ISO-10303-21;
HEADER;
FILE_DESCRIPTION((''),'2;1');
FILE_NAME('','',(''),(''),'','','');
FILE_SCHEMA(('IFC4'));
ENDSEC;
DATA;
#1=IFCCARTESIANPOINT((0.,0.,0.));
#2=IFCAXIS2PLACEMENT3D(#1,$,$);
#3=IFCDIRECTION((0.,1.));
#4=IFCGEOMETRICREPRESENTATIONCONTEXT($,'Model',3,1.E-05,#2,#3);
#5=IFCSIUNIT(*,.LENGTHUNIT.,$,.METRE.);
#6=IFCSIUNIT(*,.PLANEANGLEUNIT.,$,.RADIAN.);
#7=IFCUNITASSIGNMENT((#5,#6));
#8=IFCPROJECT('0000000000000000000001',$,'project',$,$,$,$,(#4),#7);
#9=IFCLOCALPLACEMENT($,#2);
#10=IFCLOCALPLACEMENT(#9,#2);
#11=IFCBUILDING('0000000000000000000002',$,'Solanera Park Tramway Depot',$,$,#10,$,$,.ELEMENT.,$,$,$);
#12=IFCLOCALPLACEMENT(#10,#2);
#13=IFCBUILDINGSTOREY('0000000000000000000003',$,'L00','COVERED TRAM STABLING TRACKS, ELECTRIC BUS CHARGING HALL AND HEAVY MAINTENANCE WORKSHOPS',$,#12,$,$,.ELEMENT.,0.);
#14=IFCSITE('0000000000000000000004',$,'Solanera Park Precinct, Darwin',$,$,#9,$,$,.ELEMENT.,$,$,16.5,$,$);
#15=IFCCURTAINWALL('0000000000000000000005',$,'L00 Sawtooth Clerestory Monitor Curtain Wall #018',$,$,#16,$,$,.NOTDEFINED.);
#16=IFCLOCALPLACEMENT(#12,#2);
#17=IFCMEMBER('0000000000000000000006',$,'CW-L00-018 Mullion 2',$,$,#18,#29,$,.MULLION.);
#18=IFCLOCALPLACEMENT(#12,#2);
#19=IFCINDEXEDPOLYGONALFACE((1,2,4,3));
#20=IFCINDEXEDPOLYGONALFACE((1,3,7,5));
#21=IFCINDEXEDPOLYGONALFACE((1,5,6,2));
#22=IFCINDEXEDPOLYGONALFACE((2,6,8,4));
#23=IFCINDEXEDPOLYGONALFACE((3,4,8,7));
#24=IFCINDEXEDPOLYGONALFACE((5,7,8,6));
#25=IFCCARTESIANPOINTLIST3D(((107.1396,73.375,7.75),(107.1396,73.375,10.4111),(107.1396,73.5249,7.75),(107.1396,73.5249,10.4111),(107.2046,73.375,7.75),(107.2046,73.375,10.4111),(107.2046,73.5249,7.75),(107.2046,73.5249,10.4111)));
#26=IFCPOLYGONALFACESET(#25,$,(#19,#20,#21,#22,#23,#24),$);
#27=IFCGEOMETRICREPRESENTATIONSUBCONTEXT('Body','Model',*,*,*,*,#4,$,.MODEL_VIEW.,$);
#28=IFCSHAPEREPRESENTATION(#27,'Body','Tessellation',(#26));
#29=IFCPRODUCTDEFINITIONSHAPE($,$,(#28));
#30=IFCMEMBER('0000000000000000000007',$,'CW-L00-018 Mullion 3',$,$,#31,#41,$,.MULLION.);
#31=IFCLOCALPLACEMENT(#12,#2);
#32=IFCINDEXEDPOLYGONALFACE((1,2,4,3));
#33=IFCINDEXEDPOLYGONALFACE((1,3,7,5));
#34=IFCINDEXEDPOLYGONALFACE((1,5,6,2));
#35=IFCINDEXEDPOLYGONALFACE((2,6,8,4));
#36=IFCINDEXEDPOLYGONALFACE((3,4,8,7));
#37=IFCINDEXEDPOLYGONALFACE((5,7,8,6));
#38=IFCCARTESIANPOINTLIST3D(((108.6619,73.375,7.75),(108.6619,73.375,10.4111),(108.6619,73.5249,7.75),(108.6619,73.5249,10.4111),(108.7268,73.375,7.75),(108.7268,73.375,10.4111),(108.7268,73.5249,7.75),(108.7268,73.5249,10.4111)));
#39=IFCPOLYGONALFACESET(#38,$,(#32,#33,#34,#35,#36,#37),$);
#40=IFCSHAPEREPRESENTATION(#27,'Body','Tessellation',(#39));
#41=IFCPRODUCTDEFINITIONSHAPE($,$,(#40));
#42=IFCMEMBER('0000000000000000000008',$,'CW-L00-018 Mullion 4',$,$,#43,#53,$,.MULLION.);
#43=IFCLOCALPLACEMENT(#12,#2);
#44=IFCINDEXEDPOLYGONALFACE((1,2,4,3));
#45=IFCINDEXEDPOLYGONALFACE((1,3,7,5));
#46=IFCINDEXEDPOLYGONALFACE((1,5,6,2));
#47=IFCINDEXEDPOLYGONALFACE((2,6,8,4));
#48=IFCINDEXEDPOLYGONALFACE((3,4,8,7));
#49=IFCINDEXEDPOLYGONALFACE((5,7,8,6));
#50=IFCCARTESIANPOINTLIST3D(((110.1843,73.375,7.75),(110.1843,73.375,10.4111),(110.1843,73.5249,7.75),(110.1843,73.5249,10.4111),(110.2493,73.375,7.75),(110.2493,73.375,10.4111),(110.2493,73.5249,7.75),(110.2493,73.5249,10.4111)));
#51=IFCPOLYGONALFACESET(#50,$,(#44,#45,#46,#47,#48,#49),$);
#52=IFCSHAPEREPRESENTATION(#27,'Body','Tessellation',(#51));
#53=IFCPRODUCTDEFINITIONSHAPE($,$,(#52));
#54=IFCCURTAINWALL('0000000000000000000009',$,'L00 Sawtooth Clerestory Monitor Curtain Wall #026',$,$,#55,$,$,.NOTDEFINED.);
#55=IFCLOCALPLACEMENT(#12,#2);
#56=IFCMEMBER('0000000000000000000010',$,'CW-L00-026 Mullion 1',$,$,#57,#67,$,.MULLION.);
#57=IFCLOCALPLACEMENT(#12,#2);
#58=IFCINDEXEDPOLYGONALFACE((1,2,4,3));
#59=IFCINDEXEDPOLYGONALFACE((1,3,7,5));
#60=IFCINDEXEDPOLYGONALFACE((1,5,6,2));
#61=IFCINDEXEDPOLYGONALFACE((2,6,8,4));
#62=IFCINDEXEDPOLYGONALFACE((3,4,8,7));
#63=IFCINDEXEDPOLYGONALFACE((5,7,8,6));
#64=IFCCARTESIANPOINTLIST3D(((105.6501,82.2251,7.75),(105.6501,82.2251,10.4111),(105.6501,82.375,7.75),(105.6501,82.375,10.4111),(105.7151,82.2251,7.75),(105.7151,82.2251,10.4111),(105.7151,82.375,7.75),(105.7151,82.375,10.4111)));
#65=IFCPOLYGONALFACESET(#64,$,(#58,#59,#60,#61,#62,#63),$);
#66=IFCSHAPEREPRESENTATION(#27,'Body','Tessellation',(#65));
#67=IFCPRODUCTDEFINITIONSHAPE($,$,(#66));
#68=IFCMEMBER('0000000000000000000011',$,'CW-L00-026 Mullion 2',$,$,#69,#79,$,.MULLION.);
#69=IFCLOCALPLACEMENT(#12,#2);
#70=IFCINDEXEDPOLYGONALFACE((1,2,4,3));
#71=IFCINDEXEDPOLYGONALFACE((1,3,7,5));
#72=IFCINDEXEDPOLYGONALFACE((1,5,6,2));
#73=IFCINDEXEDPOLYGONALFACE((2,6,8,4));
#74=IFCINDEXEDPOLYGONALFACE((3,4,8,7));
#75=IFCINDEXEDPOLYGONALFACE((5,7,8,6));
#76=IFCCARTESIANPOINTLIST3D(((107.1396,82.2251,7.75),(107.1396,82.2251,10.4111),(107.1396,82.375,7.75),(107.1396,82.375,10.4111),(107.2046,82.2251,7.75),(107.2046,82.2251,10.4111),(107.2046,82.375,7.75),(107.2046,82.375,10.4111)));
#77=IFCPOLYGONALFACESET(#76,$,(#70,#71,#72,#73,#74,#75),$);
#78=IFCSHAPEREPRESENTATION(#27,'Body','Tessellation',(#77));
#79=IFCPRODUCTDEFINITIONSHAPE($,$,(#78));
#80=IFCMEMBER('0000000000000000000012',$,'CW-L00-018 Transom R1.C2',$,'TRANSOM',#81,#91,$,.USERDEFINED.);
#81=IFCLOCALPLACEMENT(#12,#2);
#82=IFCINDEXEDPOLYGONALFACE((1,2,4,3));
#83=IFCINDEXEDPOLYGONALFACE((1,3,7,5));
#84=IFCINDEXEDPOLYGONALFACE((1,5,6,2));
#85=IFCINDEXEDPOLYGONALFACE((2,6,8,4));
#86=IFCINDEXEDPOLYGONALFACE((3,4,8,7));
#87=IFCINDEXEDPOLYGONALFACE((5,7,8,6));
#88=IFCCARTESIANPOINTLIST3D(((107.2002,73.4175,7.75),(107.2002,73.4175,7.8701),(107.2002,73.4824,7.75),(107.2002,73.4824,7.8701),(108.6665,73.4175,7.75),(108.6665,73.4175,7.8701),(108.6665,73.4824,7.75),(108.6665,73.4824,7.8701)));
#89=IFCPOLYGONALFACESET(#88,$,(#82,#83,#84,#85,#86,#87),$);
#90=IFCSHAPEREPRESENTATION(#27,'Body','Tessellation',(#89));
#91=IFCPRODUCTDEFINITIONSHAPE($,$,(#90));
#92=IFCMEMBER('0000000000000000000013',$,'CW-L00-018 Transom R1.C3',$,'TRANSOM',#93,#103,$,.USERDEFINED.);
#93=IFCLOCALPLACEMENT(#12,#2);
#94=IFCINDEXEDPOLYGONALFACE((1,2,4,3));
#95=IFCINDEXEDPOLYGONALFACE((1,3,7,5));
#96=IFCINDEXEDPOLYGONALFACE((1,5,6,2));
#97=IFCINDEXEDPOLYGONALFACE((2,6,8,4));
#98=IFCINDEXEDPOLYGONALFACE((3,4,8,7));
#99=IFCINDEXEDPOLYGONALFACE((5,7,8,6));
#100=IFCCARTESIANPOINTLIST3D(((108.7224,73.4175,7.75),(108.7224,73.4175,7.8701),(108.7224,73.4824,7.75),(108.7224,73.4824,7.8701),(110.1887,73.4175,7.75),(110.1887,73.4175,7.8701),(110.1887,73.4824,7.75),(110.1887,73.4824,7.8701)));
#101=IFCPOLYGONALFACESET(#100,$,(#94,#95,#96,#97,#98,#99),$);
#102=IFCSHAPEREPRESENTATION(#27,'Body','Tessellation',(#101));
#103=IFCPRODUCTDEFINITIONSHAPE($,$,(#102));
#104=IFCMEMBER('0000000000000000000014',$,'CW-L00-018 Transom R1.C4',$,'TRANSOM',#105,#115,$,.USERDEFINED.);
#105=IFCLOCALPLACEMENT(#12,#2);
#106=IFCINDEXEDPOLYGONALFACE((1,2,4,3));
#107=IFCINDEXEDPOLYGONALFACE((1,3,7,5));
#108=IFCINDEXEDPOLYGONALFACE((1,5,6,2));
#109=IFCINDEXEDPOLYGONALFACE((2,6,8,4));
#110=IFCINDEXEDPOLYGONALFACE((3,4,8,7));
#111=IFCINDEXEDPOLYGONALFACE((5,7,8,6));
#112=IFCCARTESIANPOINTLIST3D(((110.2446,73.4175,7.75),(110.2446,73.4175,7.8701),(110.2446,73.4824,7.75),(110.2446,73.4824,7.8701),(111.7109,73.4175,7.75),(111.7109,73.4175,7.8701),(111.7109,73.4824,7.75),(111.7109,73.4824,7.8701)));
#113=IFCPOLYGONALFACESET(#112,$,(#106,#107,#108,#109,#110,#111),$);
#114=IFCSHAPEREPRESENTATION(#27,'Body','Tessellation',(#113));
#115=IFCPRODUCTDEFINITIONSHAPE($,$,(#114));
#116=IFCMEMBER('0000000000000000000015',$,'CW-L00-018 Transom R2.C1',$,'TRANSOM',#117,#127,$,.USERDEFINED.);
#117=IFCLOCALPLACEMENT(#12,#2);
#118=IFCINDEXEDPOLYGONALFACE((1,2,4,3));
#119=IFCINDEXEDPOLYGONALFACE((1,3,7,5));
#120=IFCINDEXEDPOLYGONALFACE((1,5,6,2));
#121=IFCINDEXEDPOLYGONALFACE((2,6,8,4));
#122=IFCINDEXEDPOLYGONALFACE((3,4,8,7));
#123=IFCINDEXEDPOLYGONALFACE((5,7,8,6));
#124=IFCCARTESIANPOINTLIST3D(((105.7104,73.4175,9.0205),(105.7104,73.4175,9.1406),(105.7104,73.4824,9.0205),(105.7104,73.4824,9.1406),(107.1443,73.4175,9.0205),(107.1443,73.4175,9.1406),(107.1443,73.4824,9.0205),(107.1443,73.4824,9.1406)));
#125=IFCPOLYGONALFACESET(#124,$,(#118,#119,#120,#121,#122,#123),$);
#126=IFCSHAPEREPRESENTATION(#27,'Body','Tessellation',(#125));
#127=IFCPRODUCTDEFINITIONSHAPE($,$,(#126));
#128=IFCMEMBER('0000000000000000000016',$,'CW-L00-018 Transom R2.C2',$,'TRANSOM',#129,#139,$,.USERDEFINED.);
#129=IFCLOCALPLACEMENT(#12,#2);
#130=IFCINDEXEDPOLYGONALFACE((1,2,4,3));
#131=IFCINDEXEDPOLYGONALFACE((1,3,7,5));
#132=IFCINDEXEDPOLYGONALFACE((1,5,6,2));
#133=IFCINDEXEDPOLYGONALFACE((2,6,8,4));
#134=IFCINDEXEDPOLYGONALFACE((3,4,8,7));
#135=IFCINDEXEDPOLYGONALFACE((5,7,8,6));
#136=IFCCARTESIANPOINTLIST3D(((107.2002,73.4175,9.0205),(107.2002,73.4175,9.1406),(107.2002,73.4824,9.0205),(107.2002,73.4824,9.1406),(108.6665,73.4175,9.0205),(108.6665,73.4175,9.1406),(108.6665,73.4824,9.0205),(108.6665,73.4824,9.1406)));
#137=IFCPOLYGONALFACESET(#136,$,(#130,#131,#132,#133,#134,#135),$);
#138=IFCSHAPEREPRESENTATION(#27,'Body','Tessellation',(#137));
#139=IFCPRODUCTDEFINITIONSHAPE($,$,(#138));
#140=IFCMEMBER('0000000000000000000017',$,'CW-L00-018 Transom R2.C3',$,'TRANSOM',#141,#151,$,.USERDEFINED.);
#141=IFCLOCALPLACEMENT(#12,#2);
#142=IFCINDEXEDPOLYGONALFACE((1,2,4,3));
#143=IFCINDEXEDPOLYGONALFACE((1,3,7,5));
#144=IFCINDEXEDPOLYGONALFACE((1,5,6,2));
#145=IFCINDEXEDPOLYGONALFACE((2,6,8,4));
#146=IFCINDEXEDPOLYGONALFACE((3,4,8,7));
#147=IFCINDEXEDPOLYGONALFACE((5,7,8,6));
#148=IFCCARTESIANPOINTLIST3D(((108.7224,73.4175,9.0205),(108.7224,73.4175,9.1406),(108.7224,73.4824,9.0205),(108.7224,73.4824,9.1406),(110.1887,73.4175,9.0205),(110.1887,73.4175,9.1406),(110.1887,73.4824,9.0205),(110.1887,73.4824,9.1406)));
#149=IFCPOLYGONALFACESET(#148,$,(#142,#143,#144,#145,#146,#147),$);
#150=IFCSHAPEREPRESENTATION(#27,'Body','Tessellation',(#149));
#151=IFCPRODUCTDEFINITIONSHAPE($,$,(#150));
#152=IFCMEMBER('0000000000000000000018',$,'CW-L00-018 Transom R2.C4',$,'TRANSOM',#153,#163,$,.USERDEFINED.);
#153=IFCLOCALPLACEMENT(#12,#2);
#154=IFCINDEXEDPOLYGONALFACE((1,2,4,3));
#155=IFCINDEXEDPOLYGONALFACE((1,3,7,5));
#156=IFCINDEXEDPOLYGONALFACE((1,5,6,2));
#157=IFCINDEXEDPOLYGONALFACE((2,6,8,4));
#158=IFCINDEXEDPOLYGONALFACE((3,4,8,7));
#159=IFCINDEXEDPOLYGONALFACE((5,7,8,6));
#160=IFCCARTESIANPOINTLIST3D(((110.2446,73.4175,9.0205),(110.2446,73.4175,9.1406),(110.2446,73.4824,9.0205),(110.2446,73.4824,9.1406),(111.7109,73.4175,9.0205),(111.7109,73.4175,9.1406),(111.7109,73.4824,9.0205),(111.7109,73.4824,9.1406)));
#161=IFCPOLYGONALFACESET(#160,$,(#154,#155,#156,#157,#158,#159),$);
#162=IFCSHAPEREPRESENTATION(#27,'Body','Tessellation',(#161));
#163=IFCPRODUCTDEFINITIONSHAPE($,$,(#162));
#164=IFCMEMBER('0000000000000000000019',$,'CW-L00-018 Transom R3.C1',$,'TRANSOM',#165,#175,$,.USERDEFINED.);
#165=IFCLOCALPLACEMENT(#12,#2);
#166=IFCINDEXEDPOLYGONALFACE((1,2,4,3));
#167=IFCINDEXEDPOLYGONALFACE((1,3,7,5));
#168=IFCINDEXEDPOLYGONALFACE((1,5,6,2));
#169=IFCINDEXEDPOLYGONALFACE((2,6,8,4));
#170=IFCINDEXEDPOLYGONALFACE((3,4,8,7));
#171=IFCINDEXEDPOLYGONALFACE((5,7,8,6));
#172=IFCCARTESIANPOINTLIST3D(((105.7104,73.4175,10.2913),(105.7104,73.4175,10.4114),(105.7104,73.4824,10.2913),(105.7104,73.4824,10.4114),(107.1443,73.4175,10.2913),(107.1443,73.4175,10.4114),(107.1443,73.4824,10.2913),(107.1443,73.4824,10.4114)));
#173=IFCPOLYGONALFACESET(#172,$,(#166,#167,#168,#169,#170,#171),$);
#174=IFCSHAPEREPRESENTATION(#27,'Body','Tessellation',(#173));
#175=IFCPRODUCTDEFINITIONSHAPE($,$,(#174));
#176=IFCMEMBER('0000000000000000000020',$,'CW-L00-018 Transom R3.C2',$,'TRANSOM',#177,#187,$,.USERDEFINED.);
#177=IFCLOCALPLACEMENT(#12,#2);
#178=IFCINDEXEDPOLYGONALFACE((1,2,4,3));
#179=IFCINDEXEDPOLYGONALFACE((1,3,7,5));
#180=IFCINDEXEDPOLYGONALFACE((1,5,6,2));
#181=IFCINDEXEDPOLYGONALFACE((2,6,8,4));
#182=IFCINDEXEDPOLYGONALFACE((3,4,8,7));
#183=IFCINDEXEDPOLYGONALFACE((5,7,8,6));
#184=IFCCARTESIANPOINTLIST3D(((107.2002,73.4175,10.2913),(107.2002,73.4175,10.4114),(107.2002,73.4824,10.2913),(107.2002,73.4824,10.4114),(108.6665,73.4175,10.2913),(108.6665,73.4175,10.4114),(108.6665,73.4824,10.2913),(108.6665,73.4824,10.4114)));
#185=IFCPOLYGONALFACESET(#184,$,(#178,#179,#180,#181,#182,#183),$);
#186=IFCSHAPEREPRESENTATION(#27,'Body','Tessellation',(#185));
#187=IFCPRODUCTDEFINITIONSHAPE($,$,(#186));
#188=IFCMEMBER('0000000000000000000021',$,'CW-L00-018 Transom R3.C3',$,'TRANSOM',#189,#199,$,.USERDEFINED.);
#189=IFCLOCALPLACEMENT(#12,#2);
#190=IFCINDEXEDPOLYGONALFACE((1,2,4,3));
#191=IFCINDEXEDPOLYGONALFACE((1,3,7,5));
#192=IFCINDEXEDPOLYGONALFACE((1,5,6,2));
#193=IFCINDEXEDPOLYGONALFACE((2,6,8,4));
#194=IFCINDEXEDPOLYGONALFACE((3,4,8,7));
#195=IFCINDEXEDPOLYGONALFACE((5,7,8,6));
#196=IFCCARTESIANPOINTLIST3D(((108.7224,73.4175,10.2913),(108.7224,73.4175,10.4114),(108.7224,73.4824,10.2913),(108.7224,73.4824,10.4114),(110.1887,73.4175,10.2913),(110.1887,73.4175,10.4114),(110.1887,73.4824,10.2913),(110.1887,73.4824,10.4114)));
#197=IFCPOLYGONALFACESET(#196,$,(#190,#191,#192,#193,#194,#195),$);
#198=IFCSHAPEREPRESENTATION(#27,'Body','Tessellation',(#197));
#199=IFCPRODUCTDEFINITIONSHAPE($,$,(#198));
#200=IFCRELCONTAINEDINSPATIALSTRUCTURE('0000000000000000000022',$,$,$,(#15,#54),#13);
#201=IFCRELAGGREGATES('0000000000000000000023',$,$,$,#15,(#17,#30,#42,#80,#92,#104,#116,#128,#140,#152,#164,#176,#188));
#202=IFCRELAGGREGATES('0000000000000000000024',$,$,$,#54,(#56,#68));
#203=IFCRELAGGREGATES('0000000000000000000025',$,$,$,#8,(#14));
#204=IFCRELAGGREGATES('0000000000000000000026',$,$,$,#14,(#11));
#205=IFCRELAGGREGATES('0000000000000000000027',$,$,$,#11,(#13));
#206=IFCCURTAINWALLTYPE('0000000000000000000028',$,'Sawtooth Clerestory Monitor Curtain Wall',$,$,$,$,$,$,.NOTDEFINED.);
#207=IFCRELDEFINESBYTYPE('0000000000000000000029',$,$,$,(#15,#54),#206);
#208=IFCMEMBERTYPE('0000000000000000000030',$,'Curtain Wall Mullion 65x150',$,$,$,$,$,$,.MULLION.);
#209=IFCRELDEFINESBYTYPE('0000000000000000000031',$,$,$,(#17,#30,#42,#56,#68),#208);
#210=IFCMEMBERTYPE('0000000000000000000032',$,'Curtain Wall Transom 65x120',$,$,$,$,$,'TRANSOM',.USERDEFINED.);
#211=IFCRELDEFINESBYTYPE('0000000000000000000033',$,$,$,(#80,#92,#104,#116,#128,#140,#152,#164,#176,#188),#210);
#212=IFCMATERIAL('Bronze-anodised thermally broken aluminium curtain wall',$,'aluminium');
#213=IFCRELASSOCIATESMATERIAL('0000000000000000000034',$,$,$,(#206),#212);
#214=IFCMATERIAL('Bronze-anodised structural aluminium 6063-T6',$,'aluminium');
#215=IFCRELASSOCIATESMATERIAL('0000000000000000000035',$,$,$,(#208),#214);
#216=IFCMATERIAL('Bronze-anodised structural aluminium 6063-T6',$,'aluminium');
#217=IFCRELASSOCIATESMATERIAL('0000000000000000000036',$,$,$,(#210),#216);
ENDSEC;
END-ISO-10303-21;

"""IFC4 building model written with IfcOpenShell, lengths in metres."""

from ifc_helpers import new_model, si_unit, direction, frame, origin, origin_2d, place, context, subcontext, project, spatial, rectangle, extrude, material, material_profile, profile_set, type_object, element, aggregate, save


model = new_model("IFC4")

# Units and contexts
model_context = context("Model", 3, precision=1e-05, world=origin(), true_north=direction((0.0, 1.0)))
body_context = subcontext(model_context, "Body", "Model", "MODEL_VIEW")
ifc_project = project(units=[si_unit("LENGTHUNIT", "METRE"), si_unit("PLANEANGLEUNIT", "RADIAN")], contexts=[model_context])

# Site, building, storey
site_placement = place(None, origin())
site = spatial("IfcSite", under=ifc_project, at=site_placement, Name="Solanera Park Precinct, Darwin", CompositionType="ELEMENT", RefElevation=16.5)
building_placement = place(site_placement, origin())
building = spatial("IfcBuilding", under=site, at=building_placement, Name="Solanera Park Tramway Depot", CompositionType="ELEMENT")
storey_placement = place(building_placement, origin())
storey = spatial("IfcBuildingStorey", under=building, at=storey_placement, Name="L00", Description="COVERED TRAM STABLING TRACKS, ELECTRIC BUS CHARGING HALL AND HEAVY MAINTENANCE WORKSHOPS", CompositionType="ELEMENT", Elevation=0.0)

# Curtain walls, members
ifc_material_1 = material(Name="Bronze-anodised thermally broken aluminium curtain wall", Category="aluminium")
curtain_wall_type = type_object("IfcCurtainWallType", Name="Sawtooth Clerestory Monitor Curtain Wall", PredefinedType="NOTDEFINED", material=ifc_material_1)
curtain_wall_1_placement = place(storey_placement, origin())
curtain_wall_1 = element("IfcCurtainWall", 1, at=curtain_wall_1_placement, inside=storey, type_object=curtain_wall_type, Name="L00 Sawtooth Clerestory Monitor Curtain Wall #018", PredefinedType="NOTDEFINED")
ifc_material_2 = material(Name="Bronze-anodised structural aluminium 6063-T6", Category="aluminium")
ifc_material_profile_1 = material_profile(ifc_material_2, rectangle(XDim=0.0649, YDim=0.1499, at=origin_2d()), Name="Curtain Wall Mullion 65x150")
ifc_profile_set_1 = profile_set([ifc_material_profile_1], Name="Bronze-anodised structural aluminium 6063-T6")
member_type_1 = type_object("IfcMemberType", Name="Curtain Wall Mullion 65x150", PredefinedType="MULLION", material=ifc_profile_set_1)
member_1_placement = place(storey_placement, frame((107.1721, 73.45, 7.75), z_axis=(0.0, 0.0, 1.0), x_axis=(1.0, 0.0, 0.0)))
member_1 = element("IfcMember", 2, at=member_1_placement, type_object=member_type_1, Name="CW-L00-018 Mullion 2", PredefinedType="MULLION", context=body_context, shape_type="SweptSolid", body=[
    extrude(rectangle(XDim=0.0649, YDim=0.1499, at=origin_2d()), origin(), (0.0, 0.0, 1.0), 2.6611),
])
member_2_placement = place(storey_placement, frame((108.6943, 73.45, 7.75), z_axis=(0.0, 0.0, 1.0), x_axis=(1.0, 0.0, 0.0)))
member_2 = element("IfcMember", 3, at=member_2_placement, type_object=member_type_1, Name="CW-L00-018 Mullion 3", PredefinedType="MULLION", context=body_context, shape_type="SweptSolid", body=[
    extrude(rectangle(XDim=0.0649, YDim=0.1499, at=origin_2d()), origin(), (0.0, 0.0, 1.0), 2.6611),
])
member_3_placement = place(storey_placement, frame((110.2168, 73.45, 7.75), z_axis=(0.0, 0.0, 1.0), x_axis=(1.0, 0.0, 0.0)))
member_3 = element("IfcMember", 4, at=member_3_placement, type_object=member_type_1, Name="CW-L00-018 Mullion 4", PredefinedType="MULLION", context=body_context, shape_type="SweptSolid", body=[
    extrude(rectangle(XDim=0.0649, YDim=0.1499, at=origin_2d()), origin(), (0.0, 0.0, 1.0), 2.6611),
])
curtain_wall_2_placement = place(storey_placement, origin())
curtain_wall_2 = element("IfcCurtainWall", 5, at=curtain_wall_2_placement, inside=storey, type_object=curtain_wall_type, Name="L00 Sawtooth Clerestory Monitor Curtain Wall #026", PredefinedType="NOTDEFINED")
member_4_placement = place(storey_placement, frame((105.6826, 82.3, 7.75), z_axis=(0.0, 0.0, 1.0), x_axis=(1.0, 0.0, 0.0)))
member_4 = element("IfcMember", 6, at=member_4_placement, type_object=member_type_1, Name="CW-L00-026 Mullion 1", PredefinedType="MULLION", context=body_context, shape_type="SweptSolid", body=[
    extrude(rectangle(XDim=0.0649, YDim=0.1499, at=origin_2d()), origin(), (0.0, 0.0, 1.0), 2.6611),
])
member_5_placement = place(storey_placement, frame((107.1721, 82.3, 7.75), z_axis=(0.0, 0.0, 1.0), x_axis=(1.0, 0.0, 0.0)))
member_5 = element("IfcMember", 7, at=member_5_placement, type_object=member_type_1, Name="CW-L00-026 Mullion 2", PredefinedType="MULLION", context=body_context, shape_type="SweptSolid", body=[
    extrude(rectangle(XDim=0.0649, YDim=0.1499, at=origin_2d()), origin(), (0.0, 0.0, 1.0), 2.6611),
])

# Members
ifc_material_3 = material(Name="Bronze-anodised structural aluminium 6063-T6", Category="aluminium")
ifc_material_profile_2 = material_profile(ifc_material_3, rectangle(XDim=0.0649, YDim=0.1201, at=origin_2d()), Name="Curtain Wall Transom 65x120")
ifc_profile_set_2 = profile_set([ifc_material_profile_2], Name="Bronze-anodised structural aluminium 6063-T6")
member_type_2 = type_object("IfcMemberType", Name="Curtain Wall Transom 65x120", ElementType="TRANSOM", PredefinedType="USERDEFINED", material=ifc_profile_set_2)
member_6_placement = place(storey_placement, frame((107.2002, 73.45, 7.8101), z_axis=(1.0, 0.0, 0.0), x_axis=(0.0, 1.0, 0.0)))
member_6 = element("IfcMember", 8, at=member_6_placement, type_object=member_type_2, Name="CW-L00-018 Transom R1.C2", ObjectType="TRANSOM", PredefinedType="USERDEFINED", context=body_context, shape_type="SweptSolid", body=[
    extrude(rectangle(XDim=0.0649, YDim=0.1201, at=origin_2d()), origin(), (0.0, 0.0, 1.0), 1.4663),
])
member_7_placement = place(storey_placement, frame((108.7224, 73.45, 7.8101), z_axis=(1.0, 0.0, 0.0), x_axis=(0.0, 1.0, 0.0)))
member_7 = element("IfcMember", 9, at=member_7_placement, type_object=member_type_2, Name="CW-L00-018 Transom R1.C3", ObjectType="TRANSOM", PredefinedType="USERDEFINED", context=body_context, shape_type="SweptSolid", body=[
    extrude(rectangle(XDim=0.0649, YDim=0.1201, at=origin_2d()), origin(), (0.0, 0.0, 1.0), 1.4663),
])
member_8_placement = place(storey_placement, frame((110.2446, 73.45, 7.8101), z_axis=(1.0, 0.0, 0.0), x_axis=(0.0, 1.0, 0.0)))
member_8 = element("IfcMember", 10, at=member_8_placement, type_object=member_type_2, Name="CW-L00-018 Transom R1.C4", ObjectType="TRANSOM", PredefinedType="USERDEFINED", context=body_context, shape_type="SweptSolid", body=[
    extrude(rectangle(XDim=0.0649, YDim=0.1201, at=origin_2d()), origin(), (0.0, 0.0, 1.0), 1.4663),
])
member_9_placement = place(storey_placement, frame((105.7104, 73.45, 9.0806), z_axis=(1.0, 0.0, 0.0), x_axis=(0.0, 1.0, 0.0)))
member_9 = element("IfcMember", 11, at=member_9_placement, type_object=member_type_2, Name="CW-L00-018 Transom R2.C1", ObjectType="TRANSOM", PredefinedType="USERDEFINED", context=body_context, shape_type="SweptSolid", body=[
    extrude(rectangle(XDim=0.0649, YDim=0.1201, at=origin_2d()), origin(), (0.0, 0.0, 1.0), 1.4338),
])
member_10_placement = place(storey_placement, frame((107.2002, 73.45, 9.0806), z_axis=(1.0, 0.0, 0.0), x_axis=(0.0, 1.0, 0.0)))
member_10 = element("IfcMember", 12, at=member_10_placement, type_object=member_type_2, Name="CW-L00-018 Transom R2.C2", ObjectType="TRANSOM", PredefinedType="USERDEFINED", context=body_context, shape_type="SweptSolid", body=[
    extrude(rectangle(XDim=0.0649, YDim=0.1201, at=origin_2d()), origin(), (0.0, 0.0, 1.0), 1.4663),
])
member_11_placement = place(storey_placement, frame((108.7224, 73.45, 9.0806), z_axis=(1.0, 0.0, 0.0), x_axis=(0.0, 1.0, 0.0)))
member_11 = element("IfcMember", 13, at=member_11_placement, type_object=member_type_2, Name="CW-L00-018 Transom R2.C3", ObjectType="TRANSOM", PredefinedType="USERDEFINED", context=body_context, shape_type="SweptSolid", body=[
    extrude(rectangle(XDim=0.0649, YDim=0.1201, at=origin_2d()), origin(), (0.0, 0.0, 1.0), 1.4663),
])
member_12_placement = place(storey_placement, frame((110.2446, 73.45, 9.0806), z_axis=(1.0, 0.0, 0.0), x_axis=(0.0, 1.0, 0.0)))
member_12 = element("IfcMember", 14, at=member_12_placement, type_object=member_type_2, Name="CW-L00-018 Transom R2.C4", ObjectType="TRANSOM", PredefinedType="USERDEFINED", context=body_context, shape_type="SweptSolid", body=[
    extrude(rectangle(XDim=0.0649, YDim=0.1201, at=origin_2d()), origin(), (0.0, 0.0, 1.0), 1.4663),
])
member_13_placement = place(storey_placement, frame((105.7104, 73.45, 10.3513), z_axis=(1.0, 0.0, 0.0), x_axis=(0.0, 1.0, 0.0)))
member_13 = element("IfcMember", 15, at=member_13_placement, type_object=member_type_2, Name="CW-L00-018 Transom R3.C1", ObjectType="TRANSOM", PredefinedType="USERDEFINED", context=body_context, shape_type="SweptSolid", body=[
    extrude(rectangle(XDim=0.0649, YDim=0.1201, at=origin_2d()), origin(), (0.0, 0.0, 1.0), 1.4338),
])
member_14_placement = place(storey_placement, frame((107.2002, 73.45, 10.3513), z_axis=(1.0, 0.0, 0.0), x_axis=(0.0, 1.0, 0.0)))
member_14 = element("IfcMember", 16, at=member_14_placement, type_object=member_type_2, Name="CW-L00-018 Transom R3.C2", ObjectType="TRANSOM", PredefinedType="USERDEFINED", context=body_context, shape_type="SweptSolid", body=[
    extrude(rectangle(XDim=0.0649, YDim=0.1201, at=origin_2d()), origin(), (0.0, 0.0, 1.0), 1.4663),
])
member_15_placement = place(storey_placement, frame((108.7224, 73.45, 10.3513), z_axis=(1.0, 0.0, 0.0), x_axis=(0.0, 1.0, 0.0)))
member_15 = element("IfcMember", 17, at=member_15_placement, type_object=member_type_2, Name="CW-L00-018 Transom R3.C3", ObjectType="TRANSOM", PredefinedType="USERDEFINED", context=body_context, shape_type="SweptSolid", body=[
    extrude(rectangle(XDim=0.0649, YDim=0.1201, at=origin_2d()), origin(), (0.0, 0.0, 1.0), 1.4663),
])

aggregate(curtain_wall_1, [member_1, member_2, member_3, member_6, member_7, member_8, member_9, member_10, member_11, member_12, member_13, member_14, member_15])
aggregate(curtain_wall_2, [member_4, member_5])

save(model, "model.ifc")
